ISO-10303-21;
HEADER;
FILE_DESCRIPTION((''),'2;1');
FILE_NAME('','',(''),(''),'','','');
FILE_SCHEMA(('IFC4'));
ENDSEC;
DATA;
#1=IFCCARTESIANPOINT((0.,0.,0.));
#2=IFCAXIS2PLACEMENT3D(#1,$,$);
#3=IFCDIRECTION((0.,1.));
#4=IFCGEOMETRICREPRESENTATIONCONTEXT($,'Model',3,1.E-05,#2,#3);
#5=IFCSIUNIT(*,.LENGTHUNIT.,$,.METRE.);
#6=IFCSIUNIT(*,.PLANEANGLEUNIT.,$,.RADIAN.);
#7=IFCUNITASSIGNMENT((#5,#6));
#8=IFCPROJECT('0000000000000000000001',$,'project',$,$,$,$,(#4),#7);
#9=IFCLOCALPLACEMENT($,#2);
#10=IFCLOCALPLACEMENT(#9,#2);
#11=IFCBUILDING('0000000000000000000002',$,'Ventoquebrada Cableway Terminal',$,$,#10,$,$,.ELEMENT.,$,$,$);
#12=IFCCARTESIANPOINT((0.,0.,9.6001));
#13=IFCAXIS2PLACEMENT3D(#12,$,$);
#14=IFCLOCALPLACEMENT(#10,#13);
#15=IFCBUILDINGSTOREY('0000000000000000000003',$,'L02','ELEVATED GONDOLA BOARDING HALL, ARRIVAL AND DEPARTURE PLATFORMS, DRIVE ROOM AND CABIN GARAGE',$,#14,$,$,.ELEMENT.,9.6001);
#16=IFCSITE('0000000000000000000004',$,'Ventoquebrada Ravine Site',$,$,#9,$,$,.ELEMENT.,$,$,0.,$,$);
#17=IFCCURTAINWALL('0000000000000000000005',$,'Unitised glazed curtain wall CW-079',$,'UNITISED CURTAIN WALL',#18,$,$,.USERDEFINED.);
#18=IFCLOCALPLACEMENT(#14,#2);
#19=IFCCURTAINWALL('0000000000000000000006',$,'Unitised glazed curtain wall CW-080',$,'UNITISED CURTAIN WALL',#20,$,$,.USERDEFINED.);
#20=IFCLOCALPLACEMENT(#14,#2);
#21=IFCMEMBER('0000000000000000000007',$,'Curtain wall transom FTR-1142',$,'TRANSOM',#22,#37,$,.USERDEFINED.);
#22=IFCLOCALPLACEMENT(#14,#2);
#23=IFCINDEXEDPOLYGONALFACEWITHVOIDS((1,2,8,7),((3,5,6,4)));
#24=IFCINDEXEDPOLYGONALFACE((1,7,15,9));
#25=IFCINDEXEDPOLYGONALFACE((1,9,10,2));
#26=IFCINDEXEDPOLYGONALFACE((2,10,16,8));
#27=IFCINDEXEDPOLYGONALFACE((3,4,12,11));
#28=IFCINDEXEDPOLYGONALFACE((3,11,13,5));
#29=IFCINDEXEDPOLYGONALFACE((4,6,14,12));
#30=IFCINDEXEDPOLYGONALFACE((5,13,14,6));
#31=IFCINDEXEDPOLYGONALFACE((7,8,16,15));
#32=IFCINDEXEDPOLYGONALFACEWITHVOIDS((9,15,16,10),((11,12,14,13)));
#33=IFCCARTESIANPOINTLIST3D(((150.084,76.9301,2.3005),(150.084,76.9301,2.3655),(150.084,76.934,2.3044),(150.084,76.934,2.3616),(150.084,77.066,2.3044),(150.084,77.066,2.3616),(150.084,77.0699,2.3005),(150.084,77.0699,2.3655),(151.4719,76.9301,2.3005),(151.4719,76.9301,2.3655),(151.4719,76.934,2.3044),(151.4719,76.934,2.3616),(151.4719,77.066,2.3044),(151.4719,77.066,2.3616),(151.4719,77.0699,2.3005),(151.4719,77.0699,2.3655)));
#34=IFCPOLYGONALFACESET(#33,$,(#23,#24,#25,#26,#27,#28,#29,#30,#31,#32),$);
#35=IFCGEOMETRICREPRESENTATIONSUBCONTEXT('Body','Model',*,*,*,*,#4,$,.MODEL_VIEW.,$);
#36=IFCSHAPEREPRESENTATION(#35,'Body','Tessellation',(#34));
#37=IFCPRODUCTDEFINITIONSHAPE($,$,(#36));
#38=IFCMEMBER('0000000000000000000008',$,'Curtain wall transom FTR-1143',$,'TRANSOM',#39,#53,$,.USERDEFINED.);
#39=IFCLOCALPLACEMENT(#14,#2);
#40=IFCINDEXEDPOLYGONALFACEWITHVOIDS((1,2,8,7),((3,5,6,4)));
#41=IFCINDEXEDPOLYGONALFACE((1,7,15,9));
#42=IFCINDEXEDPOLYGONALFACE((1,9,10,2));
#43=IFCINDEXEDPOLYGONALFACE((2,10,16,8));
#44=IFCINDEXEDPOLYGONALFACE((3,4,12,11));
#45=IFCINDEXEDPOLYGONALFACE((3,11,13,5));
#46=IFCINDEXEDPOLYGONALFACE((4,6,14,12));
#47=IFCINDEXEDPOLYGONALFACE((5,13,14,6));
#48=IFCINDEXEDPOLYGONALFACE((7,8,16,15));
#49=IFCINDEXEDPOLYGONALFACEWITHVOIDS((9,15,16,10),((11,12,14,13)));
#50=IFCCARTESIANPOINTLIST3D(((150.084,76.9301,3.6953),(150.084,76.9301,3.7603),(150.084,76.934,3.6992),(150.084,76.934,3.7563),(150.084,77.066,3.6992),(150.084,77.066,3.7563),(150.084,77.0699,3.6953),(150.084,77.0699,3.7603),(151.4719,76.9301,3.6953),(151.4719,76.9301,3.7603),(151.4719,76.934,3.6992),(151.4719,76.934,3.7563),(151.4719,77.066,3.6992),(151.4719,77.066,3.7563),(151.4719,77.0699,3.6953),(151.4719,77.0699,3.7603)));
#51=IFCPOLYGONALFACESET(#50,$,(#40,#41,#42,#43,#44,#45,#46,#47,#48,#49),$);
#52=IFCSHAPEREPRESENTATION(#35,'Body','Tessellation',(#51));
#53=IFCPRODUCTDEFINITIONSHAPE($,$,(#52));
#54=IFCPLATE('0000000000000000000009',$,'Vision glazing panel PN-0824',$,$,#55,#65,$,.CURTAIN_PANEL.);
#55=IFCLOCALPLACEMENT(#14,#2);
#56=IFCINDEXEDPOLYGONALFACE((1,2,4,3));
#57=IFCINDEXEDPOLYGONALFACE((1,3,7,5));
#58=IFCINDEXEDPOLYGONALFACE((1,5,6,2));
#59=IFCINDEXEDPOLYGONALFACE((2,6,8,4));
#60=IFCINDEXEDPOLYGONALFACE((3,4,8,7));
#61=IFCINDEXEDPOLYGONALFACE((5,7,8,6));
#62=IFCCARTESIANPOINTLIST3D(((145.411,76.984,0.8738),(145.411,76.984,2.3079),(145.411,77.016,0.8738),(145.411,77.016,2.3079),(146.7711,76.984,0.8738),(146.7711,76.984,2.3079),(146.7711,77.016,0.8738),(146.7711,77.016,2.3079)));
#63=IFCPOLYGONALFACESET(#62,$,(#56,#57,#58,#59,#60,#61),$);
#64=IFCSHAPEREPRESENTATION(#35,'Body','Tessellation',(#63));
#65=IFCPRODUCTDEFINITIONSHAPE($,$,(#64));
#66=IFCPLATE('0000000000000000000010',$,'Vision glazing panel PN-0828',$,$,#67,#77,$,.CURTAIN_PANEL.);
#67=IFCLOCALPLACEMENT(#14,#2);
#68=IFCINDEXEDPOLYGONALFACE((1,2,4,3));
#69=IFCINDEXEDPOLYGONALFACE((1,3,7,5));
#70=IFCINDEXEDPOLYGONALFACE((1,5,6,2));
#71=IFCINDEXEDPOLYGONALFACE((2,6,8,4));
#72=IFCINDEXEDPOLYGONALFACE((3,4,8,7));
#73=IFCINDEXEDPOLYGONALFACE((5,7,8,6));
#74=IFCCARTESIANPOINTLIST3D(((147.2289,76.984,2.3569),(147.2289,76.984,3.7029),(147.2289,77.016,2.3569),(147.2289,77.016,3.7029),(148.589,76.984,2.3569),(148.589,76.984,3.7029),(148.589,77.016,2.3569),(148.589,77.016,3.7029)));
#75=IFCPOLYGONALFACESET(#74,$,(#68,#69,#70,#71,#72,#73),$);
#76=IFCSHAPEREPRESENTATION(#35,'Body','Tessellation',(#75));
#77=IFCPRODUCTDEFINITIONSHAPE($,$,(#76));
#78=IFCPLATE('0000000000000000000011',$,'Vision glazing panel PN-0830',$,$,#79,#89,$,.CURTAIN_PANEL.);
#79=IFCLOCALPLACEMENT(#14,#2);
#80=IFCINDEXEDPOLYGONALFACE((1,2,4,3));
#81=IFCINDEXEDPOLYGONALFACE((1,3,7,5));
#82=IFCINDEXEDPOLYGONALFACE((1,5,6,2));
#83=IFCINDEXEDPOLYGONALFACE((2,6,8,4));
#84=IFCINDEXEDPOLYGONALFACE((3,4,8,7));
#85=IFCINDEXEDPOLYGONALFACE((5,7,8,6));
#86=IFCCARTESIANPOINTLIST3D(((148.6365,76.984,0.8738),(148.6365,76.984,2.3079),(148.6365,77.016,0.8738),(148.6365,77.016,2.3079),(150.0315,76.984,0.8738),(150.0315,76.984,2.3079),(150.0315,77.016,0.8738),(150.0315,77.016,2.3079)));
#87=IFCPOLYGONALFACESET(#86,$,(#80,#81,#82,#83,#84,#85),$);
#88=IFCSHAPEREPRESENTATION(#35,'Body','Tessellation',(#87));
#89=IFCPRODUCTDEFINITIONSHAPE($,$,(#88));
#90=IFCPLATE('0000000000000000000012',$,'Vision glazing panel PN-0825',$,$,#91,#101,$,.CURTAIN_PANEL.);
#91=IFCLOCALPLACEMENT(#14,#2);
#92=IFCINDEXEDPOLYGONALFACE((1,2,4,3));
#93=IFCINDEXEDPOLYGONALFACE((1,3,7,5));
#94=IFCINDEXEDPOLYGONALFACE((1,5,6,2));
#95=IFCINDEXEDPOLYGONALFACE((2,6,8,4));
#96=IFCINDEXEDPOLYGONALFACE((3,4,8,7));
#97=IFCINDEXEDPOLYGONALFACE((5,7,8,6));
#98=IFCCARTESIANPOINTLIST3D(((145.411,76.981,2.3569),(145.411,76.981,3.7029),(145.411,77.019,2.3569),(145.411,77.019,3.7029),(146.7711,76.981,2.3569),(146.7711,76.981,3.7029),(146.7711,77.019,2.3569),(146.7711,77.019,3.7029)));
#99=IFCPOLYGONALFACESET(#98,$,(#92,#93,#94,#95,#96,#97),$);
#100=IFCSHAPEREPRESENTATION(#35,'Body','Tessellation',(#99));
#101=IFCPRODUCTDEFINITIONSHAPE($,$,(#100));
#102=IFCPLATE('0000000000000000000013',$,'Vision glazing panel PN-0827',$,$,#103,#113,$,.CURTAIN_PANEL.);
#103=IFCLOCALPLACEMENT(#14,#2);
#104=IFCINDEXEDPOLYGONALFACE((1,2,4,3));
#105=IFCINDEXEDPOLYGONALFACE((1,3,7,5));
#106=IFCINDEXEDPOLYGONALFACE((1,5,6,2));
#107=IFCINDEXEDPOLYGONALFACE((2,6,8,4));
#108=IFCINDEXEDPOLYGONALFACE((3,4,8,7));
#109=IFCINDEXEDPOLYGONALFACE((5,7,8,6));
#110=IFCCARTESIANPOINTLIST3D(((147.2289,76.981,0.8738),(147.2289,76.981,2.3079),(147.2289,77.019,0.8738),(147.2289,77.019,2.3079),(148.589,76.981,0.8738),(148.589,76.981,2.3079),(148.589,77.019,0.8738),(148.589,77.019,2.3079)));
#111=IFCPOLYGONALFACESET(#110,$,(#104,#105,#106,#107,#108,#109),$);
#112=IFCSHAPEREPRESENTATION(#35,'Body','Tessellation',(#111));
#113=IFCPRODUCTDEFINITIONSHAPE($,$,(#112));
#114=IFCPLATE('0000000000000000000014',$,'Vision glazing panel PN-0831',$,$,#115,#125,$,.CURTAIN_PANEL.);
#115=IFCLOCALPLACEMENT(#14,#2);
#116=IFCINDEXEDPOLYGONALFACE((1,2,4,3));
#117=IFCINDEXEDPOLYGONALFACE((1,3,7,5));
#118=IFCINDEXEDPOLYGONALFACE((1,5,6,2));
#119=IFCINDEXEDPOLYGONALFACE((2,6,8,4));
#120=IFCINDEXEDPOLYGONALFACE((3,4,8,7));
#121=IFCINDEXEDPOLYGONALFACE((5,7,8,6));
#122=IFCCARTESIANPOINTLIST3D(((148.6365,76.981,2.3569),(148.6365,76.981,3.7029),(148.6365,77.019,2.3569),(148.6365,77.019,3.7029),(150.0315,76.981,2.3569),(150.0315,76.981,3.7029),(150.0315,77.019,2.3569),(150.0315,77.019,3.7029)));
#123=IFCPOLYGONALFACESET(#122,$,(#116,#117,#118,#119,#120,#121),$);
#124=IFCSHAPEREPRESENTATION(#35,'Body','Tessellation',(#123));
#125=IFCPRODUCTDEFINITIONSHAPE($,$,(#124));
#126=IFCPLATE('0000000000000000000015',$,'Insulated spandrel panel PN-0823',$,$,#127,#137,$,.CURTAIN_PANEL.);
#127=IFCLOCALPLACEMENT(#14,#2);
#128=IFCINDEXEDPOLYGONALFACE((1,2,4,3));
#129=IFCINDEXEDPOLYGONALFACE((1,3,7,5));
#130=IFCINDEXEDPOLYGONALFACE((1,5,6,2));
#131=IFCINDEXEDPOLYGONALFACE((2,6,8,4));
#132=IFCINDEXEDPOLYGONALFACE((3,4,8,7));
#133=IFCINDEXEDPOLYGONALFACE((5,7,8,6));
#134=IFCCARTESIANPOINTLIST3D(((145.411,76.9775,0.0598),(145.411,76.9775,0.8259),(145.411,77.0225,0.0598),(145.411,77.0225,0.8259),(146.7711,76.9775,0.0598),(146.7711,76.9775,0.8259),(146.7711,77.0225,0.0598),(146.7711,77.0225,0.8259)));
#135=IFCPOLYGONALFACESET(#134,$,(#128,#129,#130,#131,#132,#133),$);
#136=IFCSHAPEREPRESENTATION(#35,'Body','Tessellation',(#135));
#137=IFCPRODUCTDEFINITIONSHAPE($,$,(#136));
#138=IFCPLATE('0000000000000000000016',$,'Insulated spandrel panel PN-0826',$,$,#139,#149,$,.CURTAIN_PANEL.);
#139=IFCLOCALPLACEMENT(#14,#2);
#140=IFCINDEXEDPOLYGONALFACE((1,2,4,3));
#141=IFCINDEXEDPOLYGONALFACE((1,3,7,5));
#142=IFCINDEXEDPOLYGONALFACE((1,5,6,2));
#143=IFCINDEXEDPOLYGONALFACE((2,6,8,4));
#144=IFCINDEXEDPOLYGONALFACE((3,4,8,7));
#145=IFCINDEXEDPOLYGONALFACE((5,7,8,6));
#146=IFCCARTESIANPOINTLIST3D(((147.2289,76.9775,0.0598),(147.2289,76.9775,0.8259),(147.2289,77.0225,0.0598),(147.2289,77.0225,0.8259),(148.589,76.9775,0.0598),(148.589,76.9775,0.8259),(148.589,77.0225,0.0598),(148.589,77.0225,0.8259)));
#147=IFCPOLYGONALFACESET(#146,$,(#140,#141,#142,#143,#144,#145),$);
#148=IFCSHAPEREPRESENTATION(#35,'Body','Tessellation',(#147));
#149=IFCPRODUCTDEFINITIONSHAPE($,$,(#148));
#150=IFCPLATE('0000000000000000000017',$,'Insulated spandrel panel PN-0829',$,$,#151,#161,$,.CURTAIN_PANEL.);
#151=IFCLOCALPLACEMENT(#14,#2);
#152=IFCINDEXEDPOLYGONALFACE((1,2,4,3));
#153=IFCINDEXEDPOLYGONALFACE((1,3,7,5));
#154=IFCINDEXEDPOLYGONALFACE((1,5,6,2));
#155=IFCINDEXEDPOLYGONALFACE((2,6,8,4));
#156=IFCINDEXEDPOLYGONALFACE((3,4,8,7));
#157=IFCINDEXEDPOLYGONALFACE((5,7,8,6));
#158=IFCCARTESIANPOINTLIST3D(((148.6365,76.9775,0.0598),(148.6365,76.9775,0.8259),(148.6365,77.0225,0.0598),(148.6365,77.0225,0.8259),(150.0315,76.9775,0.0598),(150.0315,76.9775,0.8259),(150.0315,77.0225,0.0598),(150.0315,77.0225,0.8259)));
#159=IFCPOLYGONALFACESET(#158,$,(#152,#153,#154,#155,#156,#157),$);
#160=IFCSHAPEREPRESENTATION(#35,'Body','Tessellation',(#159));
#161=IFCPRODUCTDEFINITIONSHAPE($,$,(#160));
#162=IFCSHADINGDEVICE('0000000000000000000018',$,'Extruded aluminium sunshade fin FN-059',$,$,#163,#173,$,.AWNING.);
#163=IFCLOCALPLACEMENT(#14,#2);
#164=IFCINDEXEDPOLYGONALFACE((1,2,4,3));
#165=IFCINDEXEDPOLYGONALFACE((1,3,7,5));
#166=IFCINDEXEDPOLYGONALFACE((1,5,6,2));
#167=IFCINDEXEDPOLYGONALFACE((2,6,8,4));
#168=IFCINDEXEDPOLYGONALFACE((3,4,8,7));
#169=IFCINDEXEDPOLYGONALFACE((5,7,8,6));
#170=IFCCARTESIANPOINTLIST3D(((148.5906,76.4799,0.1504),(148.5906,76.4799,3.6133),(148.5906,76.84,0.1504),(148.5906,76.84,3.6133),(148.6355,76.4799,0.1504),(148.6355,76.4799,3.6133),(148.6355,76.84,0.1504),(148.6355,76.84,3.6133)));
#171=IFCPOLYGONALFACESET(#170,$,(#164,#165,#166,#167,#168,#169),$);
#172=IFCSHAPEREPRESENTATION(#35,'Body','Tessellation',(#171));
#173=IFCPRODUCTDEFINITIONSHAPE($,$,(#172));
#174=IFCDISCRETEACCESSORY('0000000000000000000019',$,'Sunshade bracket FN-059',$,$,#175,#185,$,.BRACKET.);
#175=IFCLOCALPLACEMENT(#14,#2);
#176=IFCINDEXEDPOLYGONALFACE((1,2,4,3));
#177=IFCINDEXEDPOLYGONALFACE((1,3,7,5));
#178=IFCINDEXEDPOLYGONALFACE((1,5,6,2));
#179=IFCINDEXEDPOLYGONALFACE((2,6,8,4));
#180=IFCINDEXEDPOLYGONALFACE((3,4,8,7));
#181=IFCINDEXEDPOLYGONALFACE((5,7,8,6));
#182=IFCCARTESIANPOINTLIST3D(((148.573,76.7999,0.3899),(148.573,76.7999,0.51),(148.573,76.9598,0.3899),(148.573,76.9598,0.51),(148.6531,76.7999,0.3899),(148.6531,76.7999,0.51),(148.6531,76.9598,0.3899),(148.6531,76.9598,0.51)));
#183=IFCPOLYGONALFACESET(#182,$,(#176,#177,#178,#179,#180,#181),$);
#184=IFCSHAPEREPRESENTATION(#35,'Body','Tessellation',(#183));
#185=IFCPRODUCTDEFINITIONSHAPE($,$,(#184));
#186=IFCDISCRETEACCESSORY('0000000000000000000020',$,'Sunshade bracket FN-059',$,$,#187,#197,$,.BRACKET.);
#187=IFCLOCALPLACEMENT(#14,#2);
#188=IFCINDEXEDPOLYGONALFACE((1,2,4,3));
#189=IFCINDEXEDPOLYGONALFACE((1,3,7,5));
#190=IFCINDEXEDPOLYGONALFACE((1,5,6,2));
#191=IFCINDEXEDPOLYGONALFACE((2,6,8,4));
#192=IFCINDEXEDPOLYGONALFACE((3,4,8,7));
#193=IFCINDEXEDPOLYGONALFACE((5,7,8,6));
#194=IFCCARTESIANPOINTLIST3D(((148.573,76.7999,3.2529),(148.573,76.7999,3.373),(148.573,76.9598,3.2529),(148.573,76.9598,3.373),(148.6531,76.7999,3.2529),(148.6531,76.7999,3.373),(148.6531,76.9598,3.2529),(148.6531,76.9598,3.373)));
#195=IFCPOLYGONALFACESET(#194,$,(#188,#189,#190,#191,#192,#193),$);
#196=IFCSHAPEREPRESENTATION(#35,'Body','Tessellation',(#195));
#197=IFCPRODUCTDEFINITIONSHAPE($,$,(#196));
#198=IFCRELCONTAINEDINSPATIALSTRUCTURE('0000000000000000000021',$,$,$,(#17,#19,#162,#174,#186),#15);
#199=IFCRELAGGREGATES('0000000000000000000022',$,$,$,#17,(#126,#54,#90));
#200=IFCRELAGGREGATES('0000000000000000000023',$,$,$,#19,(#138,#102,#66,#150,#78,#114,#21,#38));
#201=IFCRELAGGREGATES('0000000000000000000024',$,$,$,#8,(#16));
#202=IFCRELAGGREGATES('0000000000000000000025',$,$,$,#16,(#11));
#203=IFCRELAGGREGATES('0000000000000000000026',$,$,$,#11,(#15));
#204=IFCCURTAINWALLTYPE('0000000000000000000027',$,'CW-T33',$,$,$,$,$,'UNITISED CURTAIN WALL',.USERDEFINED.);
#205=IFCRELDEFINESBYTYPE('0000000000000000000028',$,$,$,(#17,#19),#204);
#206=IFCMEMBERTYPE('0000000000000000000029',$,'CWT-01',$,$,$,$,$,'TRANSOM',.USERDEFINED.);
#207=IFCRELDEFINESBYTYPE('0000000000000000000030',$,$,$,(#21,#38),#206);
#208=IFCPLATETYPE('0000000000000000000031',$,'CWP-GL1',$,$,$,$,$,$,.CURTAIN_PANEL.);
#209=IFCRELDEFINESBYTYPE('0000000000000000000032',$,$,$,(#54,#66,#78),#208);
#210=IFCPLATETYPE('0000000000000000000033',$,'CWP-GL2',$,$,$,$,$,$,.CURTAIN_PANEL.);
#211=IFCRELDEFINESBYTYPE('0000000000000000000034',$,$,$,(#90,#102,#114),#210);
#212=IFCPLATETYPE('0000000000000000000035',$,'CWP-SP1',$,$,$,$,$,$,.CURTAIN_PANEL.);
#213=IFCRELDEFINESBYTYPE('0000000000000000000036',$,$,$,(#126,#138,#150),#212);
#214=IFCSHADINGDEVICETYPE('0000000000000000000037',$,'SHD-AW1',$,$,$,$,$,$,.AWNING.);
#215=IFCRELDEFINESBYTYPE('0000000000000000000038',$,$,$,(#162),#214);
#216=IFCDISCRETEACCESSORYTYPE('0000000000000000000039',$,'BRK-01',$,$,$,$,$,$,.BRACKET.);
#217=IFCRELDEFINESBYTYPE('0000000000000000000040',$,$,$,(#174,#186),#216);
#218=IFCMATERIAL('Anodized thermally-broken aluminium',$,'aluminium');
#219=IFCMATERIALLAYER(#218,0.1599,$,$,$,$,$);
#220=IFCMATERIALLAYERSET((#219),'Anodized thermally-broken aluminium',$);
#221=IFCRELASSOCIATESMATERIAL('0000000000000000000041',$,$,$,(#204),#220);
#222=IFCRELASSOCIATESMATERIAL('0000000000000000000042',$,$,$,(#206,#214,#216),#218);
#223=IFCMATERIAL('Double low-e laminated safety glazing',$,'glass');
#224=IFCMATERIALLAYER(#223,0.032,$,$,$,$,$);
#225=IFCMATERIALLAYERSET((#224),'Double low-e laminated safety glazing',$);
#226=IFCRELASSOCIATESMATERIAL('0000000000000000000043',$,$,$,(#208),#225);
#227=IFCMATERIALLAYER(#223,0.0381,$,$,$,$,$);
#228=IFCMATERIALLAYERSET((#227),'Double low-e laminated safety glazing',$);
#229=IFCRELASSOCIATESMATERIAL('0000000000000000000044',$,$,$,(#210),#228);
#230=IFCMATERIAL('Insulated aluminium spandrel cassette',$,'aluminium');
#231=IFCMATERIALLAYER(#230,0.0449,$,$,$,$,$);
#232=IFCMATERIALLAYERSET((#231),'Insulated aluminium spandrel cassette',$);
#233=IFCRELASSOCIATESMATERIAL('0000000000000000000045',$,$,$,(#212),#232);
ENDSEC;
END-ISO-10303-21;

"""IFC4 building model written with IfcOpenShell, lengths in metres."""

from ifc_helpers import new_model, si_unit, direction, frame, origin, origin_2d, place, context, subcontext, project, spatial, rectangle, hollow_rectangle, extrude, material, layer, layer_set, material_profile, profile_set, type_object, element, aggregate, save


model = new_model("IFC4")

# Units and contexts
model_context = context("Model", 3, precision=1e-05, world=origin(), true_north=direction((0.0, 1.0)))
body_context = subcontext(model_context, "Body", "Model", "MODEL_VIEW")
ifc_project = project(units=[si_unit("LENGTHUNIT", "METRE"), si_unit("PLANEANGLEUNIT", "RADIAN")], contexts=[model_context])

# Site, building, storey
site_placement = place(None, origin())
site = spatial("IfcSite", under=ifc_project, at=site_placement, Name="Ventoquebrada Ravine Site", CompositionType="ELEMENT", RefElevation=0.0)
building_placement = place(site_placement, origin())
building = spatial("IfcBuilding", under=site, at=building_placement, Name="Ventoquebrada Cableway Terminal", CompositionType="ELEMENT")
storey_placement = place(building_placement, frame((0.0, 0.0, 9.6001)))
storey = spatial("IfcBuildingStorey", under=building, at=storey_placement, Name="L02", Description="ELEVATED GONDOLA BOARDING HALL, ARRIVAL AND DEPARTURE PLATFORMS, DRIVE ROOM AND CABIN GARAGE", CompositionType="ELEMENT", Elevation=9.6001)

# Curtain wall
ifc_material_1 = material(Name="Anodized thermally-broken aluminium", Category="aluminium")
ifc_layer_1 = layer(ifc_material_1, 0.1599)
ifc_layer_set_1 = layer_set([ifc_layer_1], Name="Anodized thermally-broken aluminium")
curtain_wall_type = type_object("IfcCurtainWallType", Name="CW-T33", ElementType="UNITISED CURTAIN WALL", PredefinedType="USERDEFINED", material=ifc_layer_set_1)
curtain_wall_1_placement = place(storey_placement, origin())
curtain_wall_1 = element("IfcCurtainWall", 1, at=curtain_wall_1_placement, inside=storey, type_object=curtain_wall_type, Name="Unitised glazed curtain wall CW-079", ObjectType="UNITISED CURTAIN WALL", PredefinedType="USERDEFINED")

# Curtain wall
curtain_wall_2_placement = place(storey_placement, origin())
curtain_wall_2 = element("IfcCurtainWall", 2, at=curtain_wall_2_placement, inside=storey, type_object=curtain_wall_type, Name="Unitised glazed curtain wall CW-080", ObjectType="UNITISED CURTAIN WALL", PredefinedType="USERDEFINED")

# Members
ifc_material_profile_1 = material_profile(ifc_material_1, hollow_rectangle(XDim=0.0649, YDim=0.1399, WallThickness=0.0039, at=origin_2d()), Name="CW-TRN-65X140")
ifc_profile_set_1 = profile_set([ifc_material_profile_1], Name="Anodized thermally-broken aluminium")
member_type_1 = type_object("IfcMemberType", Name="CWT-01", ElementType="TRANSOM", PredefinedType="USERDEFINED", material=ifc_profile_set_1)
member_1_placement = place(storey_placement, frame((150.084, 77.0, 2.333), z_axis=(1.0, 0.0, 0.0), x_axis=(0.0, 0.0, 1.0)))
member_1 = element("IfcMember", 3, at=member_1_placement, type_object=member_type_1, Name="Curtain wall transom FTR-1142", ObjectType="TRANSOM", PredefinedType="USERDEFINED", context=body_context, shape_type="SweptSolid", body=[
    extrude(hollow_rectangle(XDim=0.0649, YDim=0.1399, WallThickness=0.0039, at=origin_2d()), origin(), (0.0, 0.0, 1.0), 1.3879),
])
member_2_placement = place(storey_placement, frame((150.084, 77.0, 3.7278), z_axis=(1.0, 0.0, 0.0), x_axis=(0.0, 0.0, 1.0)))
member_2 = element("IfcMember", 4, at=member_2_placement, type_object=member_type_1, Name="Curtain wall transom FTR-1143", ObjectType="TRANSOM", PredefinedType="USERDEFINED", context=body_context, shape_type="SweptSolid", body=[
    extrude(hollow_rectangle(XDim=0.0649, YDim=0.1399, WallThickness=0.0039, at=origin_2d()), origin(), (0.0, 0.0, 1.0), 1.3879),
])

# Plates
ifc_material_2 = material(Name="Double low-e laminated safety glazing", Category="glass")
ifc_layer_2 = layer(ifc_material_2, 0.032)
ifc_layer_set_2 = layer_set([ifc_layer_2], Name="Double low-e laminated safety glazing")
plate_type_1 = type_object("IfcPlateType", Name="CWP-GL1", PredefinedType="CURTAIN_PANEL", material=ifc_layer_set_2)
plate_1_placement = place(storey_placement, frame((146.0911, 77.0, 0.8738), z_axis=(0.0, 0.0, 1.0), x_axis=(1.0, 0.0, 0.0)))
plate_1 = element("IfcPlate", 5, at=plate_1_placement, type_object=plate_type_1, Name="Vision glazing panel PN-0824", PredefinedType="CURTAIN_PANEL", context=body_context, shape_type="SweptSolid", body=[
    extrude(rectangle(XDim=1.3601, YDim=0.032, at=origin_2d()), origin(), (0.0, 0.0, 1.0), 1.4341),
])
plate_2_placement = place(storey_placement, frame((147.9089, 77.0, 2.3569), z_axis=(0.0, 0.0, 1.0), x_axis=(1.0, 0.0, 0.0)))
plate_2 = element("IfcPlate", 6, at=plate_2_placement, type_object=plate_type_1, Name="Vision glazing panel PN-0828", PredefinedType="CURTAIN_PANEL", context=body_context, shape_type="SweptSolid", body=[
    extrude(rectangle(XDim=1.3601, YDim=0.032, at=origin_2d()), origin(), (0.0, 0.0, 1.0), 1.3459),
])
plate_3_placement = place(storey_placement, frame((149.334, 77.0, 0.8738), z_axis=(0.0, 0.0, 1.0), x_axis=(1.0, 0.0, 0.0)))
plate_3 = element("IfcPlate", 7, at=plate_3_placement, type_object=plate_type_1, Name="Vision glazing panel PN-0830", PredefinedType="CURTAIN_PANEL", context=body_context, shape_type="SweptSolid", body=[
    extrude(rectangle(XDim=1.395, YDim=0.032, at=origin_2d()), origin(), (0.0, 0.0, 1.0), 1.4341),
])
ifc_layer_3 = layer(ifc_material_2, 0.0381)
ifc_layer_set_3 = layer_set([ifc_layer_3], Name="Double low-e laminated safety glazing")
plate_type_2 = type_object("IfcPlateType", Name="CWP-GL2", PredefinedType="CURTAIN_PANEL", material=ifc_layer_set_3)
plate_4_placement = place(storey_placement, frame((146.0911, 77.0, 2.3569), z_axis=(0.0, 0.0, 1.0), x_axis=(1.0, 0.0, 0.0)))
plate_4 = element("IfcPlate", 8, at=plate_4_placement, type_object=plate_type_2, Name="Vision glazing panel PN-0825", PredefinedType="CURTAIN_PANEL", context=body_context, shape_type="SweptSolid", body=[
    extrude(rectangle(XDim=1.3601, YDim=0.0381, at=origin_2d()), origin(), (0.0, 0.0, 1.0), 1.3459),
])
plate_5_placement = place(storey_placement, frame((147.9089, 77.0, 0.8738), z_axis=(0.0, 0.0, 1.0), x_axis=(1.0, 0.0, 0.0)))
plate_5 = element("IfcPlate", 9, at=plate_5_placement, type_object=plate_type_2, Name="Vision glazing panel PN-0827", PredefinedType="CURTAIN_PANEL", context=body_context, shape_type="SweptSolid", body=[
    extrude(rectangle(XDim=1.3601, YDim=0.0381, at=origin_2d()), origin(), (0.0, 0.0, 1.0), 1.4341),
])
plate_6_placement = place(storey_placement, frame((149.334, 77.0, 2.3569), z_axis=(0.0, 0.0, 1.0), x_axis=(1.0, 0.0, 0.0)))
plate_6 = element("IfcPlate", 10, at=plate_6_placement, type_object=plate_type_2, Name="Vision glazing panel PN-0831", PredefinedType="CURTAIN_PANEL", context=body_context, shape_type="SweptSolid", body=[
    extrude(rectangle(XDim=1.395, YDim=0.0381, at=origin_2d()), origin(), (0.0, 0.0, 1.0), 1.3459),
])
ifc_material_3 = material(Name="Insulated aluminium spandrel cassette", Category="aluminium")
ifc_layer_4 = layer(ifc_material_3, 0.0449)
ifc_layer_set_4 = layer_set([ifc_layer_4], Name="Insulated aluminium spandrel cassette")
plate_type_3 = type_object("IfcPlateType", Name="CWP-SP1", PredefinedType="CURTAIN_PANEL", material=ifc_layer_set_4)
plate_7_placement = place(storey_placement, frame((146.0911, 77.0, 0.0598), z_axis=(0.0, 0.0, 1.0), x_axis=(1.0, 0.0, 0.0)))
plate_7 = element("IfcPlate", 11, at=plate_7_placement, type_object=plate_type_3, Name="Insulated spandrel panel PN-0823", PredefinedType="CURTAIN_PANEL", context=body_context, shape_type="SweptSolid", body=[
    extrude(rectangle(XDim=1.3601, YDim=0.0449, at=origin_2d()), origin(), (0.0, 0.0, 1.0), 0.7661),
])
aggregate(curtain_wall_1, [plate_7, plate_1, plate_4])
plate_8_placement = place(storey_placement, frame((147.9089, 77.0, 0.0598), z_axis=(0.0, 0.0, 1.0), x_axis=(1.0, 0.0, 0.0)))
plate_8 = element("IfcPlate", 12, at=plate_8_placement, type_object=plate_type_3, Name="Insulated spandrel panel PN-0826", PredefinedType="CURTAIN_PANEL", context=body_context, shape_type="SweptSolid", body=[
    extrude(rectangle(XDim=1.3601, YDim=0.0449, at=origin_2d()), origin(), (0.0, 0.0, 1.0), 0.7661),
])
plate_9_placement = place(storey_placement, frame((149.334, 77.0, 0.0598), z_axis=(0.0, 0.0, 1.0), x_axis=(1.0, 0.0, 0.0)))
plate_9 = element("IfcPlate", 13, at=plate_9_placement, type_object=plate_type_3, Name="Insulated spandrel panel PN-0829", PredefinedType="CURTAIN_PANEL", context=body_context, shape_type="SweptSolid", body=[
    extrude(rectangle(XDim=1.395, YDim=0.0449, at=origin_2d()), origin(), (0.0, 0.0, 1.0), 0.7661),
])
aggregate(curtain_wall_2, [plate_8, plate_5, plate_2, plate_9, plate_3, plate_6, member_1, member_2])

# Shading device
shading_device_type = type_object("IfcShadingDeviceType", Name="SHD-AW1", PredefinedType="AWNING", material=ifc_material_1)
shading_device_placement = place(storey_placement, frame((148.613, 76.6599, 0.1504), z_axis=(0.0, 0.0, 1.0), x_axis=(1.0, 0.0, 0.0)))
element("IfcShadingDevice", 14, at=shading_device_placement, inside=storey, type_object=shading_device_type, Name="Extruded aluminium sunshade fin FN-059", PredefinedType="AWNING", context=body_context, shape_type="SweptSolid", body=[
    extrude(rectangle(XDim=0.0449, YDim=0.3601, at=origin_2d()), origin(), (0.0, 0.0, 1.0), 3.4629),
])

# Discrete accessories
discrete_accessory_type = type_object("IfcDiscreteAccessoryType", Name="BRK-01", PredefinedType="BRACKET", material=ifc_material_1)
for number, where, z_axis, x_axis, name in (
    (15, (148.613, 76.8799, 0.3899), (0.0, 0.0, 1.0), (1.0, 0.0, 0.0), "Sunshade bracket FN-059"),
    (16, (148.613, 76.8799, 3.2529), (0.0, 0.0, 1.0), (1.0, 0.0, 0.0), "Sunshade bracket FN-059"),
):
    element("IfcDiscreteAccessory", number, at=place(storey_placement, frame(where, z_axis=z_axis, x_axis=x_axis)), inside=storey, type_object=discrete_accessory_type, Name=name, PredefinedType="BRACKET", context=body_context, shape_type="SweptSolid", body=[
        extrude(rectangle(XDim=0.0801, YDim=0.1599, at=origin_2d()), origin(), (0.0, 0.0, 1.0), 0.1201),
    ])

save(model, "model.ifc")
